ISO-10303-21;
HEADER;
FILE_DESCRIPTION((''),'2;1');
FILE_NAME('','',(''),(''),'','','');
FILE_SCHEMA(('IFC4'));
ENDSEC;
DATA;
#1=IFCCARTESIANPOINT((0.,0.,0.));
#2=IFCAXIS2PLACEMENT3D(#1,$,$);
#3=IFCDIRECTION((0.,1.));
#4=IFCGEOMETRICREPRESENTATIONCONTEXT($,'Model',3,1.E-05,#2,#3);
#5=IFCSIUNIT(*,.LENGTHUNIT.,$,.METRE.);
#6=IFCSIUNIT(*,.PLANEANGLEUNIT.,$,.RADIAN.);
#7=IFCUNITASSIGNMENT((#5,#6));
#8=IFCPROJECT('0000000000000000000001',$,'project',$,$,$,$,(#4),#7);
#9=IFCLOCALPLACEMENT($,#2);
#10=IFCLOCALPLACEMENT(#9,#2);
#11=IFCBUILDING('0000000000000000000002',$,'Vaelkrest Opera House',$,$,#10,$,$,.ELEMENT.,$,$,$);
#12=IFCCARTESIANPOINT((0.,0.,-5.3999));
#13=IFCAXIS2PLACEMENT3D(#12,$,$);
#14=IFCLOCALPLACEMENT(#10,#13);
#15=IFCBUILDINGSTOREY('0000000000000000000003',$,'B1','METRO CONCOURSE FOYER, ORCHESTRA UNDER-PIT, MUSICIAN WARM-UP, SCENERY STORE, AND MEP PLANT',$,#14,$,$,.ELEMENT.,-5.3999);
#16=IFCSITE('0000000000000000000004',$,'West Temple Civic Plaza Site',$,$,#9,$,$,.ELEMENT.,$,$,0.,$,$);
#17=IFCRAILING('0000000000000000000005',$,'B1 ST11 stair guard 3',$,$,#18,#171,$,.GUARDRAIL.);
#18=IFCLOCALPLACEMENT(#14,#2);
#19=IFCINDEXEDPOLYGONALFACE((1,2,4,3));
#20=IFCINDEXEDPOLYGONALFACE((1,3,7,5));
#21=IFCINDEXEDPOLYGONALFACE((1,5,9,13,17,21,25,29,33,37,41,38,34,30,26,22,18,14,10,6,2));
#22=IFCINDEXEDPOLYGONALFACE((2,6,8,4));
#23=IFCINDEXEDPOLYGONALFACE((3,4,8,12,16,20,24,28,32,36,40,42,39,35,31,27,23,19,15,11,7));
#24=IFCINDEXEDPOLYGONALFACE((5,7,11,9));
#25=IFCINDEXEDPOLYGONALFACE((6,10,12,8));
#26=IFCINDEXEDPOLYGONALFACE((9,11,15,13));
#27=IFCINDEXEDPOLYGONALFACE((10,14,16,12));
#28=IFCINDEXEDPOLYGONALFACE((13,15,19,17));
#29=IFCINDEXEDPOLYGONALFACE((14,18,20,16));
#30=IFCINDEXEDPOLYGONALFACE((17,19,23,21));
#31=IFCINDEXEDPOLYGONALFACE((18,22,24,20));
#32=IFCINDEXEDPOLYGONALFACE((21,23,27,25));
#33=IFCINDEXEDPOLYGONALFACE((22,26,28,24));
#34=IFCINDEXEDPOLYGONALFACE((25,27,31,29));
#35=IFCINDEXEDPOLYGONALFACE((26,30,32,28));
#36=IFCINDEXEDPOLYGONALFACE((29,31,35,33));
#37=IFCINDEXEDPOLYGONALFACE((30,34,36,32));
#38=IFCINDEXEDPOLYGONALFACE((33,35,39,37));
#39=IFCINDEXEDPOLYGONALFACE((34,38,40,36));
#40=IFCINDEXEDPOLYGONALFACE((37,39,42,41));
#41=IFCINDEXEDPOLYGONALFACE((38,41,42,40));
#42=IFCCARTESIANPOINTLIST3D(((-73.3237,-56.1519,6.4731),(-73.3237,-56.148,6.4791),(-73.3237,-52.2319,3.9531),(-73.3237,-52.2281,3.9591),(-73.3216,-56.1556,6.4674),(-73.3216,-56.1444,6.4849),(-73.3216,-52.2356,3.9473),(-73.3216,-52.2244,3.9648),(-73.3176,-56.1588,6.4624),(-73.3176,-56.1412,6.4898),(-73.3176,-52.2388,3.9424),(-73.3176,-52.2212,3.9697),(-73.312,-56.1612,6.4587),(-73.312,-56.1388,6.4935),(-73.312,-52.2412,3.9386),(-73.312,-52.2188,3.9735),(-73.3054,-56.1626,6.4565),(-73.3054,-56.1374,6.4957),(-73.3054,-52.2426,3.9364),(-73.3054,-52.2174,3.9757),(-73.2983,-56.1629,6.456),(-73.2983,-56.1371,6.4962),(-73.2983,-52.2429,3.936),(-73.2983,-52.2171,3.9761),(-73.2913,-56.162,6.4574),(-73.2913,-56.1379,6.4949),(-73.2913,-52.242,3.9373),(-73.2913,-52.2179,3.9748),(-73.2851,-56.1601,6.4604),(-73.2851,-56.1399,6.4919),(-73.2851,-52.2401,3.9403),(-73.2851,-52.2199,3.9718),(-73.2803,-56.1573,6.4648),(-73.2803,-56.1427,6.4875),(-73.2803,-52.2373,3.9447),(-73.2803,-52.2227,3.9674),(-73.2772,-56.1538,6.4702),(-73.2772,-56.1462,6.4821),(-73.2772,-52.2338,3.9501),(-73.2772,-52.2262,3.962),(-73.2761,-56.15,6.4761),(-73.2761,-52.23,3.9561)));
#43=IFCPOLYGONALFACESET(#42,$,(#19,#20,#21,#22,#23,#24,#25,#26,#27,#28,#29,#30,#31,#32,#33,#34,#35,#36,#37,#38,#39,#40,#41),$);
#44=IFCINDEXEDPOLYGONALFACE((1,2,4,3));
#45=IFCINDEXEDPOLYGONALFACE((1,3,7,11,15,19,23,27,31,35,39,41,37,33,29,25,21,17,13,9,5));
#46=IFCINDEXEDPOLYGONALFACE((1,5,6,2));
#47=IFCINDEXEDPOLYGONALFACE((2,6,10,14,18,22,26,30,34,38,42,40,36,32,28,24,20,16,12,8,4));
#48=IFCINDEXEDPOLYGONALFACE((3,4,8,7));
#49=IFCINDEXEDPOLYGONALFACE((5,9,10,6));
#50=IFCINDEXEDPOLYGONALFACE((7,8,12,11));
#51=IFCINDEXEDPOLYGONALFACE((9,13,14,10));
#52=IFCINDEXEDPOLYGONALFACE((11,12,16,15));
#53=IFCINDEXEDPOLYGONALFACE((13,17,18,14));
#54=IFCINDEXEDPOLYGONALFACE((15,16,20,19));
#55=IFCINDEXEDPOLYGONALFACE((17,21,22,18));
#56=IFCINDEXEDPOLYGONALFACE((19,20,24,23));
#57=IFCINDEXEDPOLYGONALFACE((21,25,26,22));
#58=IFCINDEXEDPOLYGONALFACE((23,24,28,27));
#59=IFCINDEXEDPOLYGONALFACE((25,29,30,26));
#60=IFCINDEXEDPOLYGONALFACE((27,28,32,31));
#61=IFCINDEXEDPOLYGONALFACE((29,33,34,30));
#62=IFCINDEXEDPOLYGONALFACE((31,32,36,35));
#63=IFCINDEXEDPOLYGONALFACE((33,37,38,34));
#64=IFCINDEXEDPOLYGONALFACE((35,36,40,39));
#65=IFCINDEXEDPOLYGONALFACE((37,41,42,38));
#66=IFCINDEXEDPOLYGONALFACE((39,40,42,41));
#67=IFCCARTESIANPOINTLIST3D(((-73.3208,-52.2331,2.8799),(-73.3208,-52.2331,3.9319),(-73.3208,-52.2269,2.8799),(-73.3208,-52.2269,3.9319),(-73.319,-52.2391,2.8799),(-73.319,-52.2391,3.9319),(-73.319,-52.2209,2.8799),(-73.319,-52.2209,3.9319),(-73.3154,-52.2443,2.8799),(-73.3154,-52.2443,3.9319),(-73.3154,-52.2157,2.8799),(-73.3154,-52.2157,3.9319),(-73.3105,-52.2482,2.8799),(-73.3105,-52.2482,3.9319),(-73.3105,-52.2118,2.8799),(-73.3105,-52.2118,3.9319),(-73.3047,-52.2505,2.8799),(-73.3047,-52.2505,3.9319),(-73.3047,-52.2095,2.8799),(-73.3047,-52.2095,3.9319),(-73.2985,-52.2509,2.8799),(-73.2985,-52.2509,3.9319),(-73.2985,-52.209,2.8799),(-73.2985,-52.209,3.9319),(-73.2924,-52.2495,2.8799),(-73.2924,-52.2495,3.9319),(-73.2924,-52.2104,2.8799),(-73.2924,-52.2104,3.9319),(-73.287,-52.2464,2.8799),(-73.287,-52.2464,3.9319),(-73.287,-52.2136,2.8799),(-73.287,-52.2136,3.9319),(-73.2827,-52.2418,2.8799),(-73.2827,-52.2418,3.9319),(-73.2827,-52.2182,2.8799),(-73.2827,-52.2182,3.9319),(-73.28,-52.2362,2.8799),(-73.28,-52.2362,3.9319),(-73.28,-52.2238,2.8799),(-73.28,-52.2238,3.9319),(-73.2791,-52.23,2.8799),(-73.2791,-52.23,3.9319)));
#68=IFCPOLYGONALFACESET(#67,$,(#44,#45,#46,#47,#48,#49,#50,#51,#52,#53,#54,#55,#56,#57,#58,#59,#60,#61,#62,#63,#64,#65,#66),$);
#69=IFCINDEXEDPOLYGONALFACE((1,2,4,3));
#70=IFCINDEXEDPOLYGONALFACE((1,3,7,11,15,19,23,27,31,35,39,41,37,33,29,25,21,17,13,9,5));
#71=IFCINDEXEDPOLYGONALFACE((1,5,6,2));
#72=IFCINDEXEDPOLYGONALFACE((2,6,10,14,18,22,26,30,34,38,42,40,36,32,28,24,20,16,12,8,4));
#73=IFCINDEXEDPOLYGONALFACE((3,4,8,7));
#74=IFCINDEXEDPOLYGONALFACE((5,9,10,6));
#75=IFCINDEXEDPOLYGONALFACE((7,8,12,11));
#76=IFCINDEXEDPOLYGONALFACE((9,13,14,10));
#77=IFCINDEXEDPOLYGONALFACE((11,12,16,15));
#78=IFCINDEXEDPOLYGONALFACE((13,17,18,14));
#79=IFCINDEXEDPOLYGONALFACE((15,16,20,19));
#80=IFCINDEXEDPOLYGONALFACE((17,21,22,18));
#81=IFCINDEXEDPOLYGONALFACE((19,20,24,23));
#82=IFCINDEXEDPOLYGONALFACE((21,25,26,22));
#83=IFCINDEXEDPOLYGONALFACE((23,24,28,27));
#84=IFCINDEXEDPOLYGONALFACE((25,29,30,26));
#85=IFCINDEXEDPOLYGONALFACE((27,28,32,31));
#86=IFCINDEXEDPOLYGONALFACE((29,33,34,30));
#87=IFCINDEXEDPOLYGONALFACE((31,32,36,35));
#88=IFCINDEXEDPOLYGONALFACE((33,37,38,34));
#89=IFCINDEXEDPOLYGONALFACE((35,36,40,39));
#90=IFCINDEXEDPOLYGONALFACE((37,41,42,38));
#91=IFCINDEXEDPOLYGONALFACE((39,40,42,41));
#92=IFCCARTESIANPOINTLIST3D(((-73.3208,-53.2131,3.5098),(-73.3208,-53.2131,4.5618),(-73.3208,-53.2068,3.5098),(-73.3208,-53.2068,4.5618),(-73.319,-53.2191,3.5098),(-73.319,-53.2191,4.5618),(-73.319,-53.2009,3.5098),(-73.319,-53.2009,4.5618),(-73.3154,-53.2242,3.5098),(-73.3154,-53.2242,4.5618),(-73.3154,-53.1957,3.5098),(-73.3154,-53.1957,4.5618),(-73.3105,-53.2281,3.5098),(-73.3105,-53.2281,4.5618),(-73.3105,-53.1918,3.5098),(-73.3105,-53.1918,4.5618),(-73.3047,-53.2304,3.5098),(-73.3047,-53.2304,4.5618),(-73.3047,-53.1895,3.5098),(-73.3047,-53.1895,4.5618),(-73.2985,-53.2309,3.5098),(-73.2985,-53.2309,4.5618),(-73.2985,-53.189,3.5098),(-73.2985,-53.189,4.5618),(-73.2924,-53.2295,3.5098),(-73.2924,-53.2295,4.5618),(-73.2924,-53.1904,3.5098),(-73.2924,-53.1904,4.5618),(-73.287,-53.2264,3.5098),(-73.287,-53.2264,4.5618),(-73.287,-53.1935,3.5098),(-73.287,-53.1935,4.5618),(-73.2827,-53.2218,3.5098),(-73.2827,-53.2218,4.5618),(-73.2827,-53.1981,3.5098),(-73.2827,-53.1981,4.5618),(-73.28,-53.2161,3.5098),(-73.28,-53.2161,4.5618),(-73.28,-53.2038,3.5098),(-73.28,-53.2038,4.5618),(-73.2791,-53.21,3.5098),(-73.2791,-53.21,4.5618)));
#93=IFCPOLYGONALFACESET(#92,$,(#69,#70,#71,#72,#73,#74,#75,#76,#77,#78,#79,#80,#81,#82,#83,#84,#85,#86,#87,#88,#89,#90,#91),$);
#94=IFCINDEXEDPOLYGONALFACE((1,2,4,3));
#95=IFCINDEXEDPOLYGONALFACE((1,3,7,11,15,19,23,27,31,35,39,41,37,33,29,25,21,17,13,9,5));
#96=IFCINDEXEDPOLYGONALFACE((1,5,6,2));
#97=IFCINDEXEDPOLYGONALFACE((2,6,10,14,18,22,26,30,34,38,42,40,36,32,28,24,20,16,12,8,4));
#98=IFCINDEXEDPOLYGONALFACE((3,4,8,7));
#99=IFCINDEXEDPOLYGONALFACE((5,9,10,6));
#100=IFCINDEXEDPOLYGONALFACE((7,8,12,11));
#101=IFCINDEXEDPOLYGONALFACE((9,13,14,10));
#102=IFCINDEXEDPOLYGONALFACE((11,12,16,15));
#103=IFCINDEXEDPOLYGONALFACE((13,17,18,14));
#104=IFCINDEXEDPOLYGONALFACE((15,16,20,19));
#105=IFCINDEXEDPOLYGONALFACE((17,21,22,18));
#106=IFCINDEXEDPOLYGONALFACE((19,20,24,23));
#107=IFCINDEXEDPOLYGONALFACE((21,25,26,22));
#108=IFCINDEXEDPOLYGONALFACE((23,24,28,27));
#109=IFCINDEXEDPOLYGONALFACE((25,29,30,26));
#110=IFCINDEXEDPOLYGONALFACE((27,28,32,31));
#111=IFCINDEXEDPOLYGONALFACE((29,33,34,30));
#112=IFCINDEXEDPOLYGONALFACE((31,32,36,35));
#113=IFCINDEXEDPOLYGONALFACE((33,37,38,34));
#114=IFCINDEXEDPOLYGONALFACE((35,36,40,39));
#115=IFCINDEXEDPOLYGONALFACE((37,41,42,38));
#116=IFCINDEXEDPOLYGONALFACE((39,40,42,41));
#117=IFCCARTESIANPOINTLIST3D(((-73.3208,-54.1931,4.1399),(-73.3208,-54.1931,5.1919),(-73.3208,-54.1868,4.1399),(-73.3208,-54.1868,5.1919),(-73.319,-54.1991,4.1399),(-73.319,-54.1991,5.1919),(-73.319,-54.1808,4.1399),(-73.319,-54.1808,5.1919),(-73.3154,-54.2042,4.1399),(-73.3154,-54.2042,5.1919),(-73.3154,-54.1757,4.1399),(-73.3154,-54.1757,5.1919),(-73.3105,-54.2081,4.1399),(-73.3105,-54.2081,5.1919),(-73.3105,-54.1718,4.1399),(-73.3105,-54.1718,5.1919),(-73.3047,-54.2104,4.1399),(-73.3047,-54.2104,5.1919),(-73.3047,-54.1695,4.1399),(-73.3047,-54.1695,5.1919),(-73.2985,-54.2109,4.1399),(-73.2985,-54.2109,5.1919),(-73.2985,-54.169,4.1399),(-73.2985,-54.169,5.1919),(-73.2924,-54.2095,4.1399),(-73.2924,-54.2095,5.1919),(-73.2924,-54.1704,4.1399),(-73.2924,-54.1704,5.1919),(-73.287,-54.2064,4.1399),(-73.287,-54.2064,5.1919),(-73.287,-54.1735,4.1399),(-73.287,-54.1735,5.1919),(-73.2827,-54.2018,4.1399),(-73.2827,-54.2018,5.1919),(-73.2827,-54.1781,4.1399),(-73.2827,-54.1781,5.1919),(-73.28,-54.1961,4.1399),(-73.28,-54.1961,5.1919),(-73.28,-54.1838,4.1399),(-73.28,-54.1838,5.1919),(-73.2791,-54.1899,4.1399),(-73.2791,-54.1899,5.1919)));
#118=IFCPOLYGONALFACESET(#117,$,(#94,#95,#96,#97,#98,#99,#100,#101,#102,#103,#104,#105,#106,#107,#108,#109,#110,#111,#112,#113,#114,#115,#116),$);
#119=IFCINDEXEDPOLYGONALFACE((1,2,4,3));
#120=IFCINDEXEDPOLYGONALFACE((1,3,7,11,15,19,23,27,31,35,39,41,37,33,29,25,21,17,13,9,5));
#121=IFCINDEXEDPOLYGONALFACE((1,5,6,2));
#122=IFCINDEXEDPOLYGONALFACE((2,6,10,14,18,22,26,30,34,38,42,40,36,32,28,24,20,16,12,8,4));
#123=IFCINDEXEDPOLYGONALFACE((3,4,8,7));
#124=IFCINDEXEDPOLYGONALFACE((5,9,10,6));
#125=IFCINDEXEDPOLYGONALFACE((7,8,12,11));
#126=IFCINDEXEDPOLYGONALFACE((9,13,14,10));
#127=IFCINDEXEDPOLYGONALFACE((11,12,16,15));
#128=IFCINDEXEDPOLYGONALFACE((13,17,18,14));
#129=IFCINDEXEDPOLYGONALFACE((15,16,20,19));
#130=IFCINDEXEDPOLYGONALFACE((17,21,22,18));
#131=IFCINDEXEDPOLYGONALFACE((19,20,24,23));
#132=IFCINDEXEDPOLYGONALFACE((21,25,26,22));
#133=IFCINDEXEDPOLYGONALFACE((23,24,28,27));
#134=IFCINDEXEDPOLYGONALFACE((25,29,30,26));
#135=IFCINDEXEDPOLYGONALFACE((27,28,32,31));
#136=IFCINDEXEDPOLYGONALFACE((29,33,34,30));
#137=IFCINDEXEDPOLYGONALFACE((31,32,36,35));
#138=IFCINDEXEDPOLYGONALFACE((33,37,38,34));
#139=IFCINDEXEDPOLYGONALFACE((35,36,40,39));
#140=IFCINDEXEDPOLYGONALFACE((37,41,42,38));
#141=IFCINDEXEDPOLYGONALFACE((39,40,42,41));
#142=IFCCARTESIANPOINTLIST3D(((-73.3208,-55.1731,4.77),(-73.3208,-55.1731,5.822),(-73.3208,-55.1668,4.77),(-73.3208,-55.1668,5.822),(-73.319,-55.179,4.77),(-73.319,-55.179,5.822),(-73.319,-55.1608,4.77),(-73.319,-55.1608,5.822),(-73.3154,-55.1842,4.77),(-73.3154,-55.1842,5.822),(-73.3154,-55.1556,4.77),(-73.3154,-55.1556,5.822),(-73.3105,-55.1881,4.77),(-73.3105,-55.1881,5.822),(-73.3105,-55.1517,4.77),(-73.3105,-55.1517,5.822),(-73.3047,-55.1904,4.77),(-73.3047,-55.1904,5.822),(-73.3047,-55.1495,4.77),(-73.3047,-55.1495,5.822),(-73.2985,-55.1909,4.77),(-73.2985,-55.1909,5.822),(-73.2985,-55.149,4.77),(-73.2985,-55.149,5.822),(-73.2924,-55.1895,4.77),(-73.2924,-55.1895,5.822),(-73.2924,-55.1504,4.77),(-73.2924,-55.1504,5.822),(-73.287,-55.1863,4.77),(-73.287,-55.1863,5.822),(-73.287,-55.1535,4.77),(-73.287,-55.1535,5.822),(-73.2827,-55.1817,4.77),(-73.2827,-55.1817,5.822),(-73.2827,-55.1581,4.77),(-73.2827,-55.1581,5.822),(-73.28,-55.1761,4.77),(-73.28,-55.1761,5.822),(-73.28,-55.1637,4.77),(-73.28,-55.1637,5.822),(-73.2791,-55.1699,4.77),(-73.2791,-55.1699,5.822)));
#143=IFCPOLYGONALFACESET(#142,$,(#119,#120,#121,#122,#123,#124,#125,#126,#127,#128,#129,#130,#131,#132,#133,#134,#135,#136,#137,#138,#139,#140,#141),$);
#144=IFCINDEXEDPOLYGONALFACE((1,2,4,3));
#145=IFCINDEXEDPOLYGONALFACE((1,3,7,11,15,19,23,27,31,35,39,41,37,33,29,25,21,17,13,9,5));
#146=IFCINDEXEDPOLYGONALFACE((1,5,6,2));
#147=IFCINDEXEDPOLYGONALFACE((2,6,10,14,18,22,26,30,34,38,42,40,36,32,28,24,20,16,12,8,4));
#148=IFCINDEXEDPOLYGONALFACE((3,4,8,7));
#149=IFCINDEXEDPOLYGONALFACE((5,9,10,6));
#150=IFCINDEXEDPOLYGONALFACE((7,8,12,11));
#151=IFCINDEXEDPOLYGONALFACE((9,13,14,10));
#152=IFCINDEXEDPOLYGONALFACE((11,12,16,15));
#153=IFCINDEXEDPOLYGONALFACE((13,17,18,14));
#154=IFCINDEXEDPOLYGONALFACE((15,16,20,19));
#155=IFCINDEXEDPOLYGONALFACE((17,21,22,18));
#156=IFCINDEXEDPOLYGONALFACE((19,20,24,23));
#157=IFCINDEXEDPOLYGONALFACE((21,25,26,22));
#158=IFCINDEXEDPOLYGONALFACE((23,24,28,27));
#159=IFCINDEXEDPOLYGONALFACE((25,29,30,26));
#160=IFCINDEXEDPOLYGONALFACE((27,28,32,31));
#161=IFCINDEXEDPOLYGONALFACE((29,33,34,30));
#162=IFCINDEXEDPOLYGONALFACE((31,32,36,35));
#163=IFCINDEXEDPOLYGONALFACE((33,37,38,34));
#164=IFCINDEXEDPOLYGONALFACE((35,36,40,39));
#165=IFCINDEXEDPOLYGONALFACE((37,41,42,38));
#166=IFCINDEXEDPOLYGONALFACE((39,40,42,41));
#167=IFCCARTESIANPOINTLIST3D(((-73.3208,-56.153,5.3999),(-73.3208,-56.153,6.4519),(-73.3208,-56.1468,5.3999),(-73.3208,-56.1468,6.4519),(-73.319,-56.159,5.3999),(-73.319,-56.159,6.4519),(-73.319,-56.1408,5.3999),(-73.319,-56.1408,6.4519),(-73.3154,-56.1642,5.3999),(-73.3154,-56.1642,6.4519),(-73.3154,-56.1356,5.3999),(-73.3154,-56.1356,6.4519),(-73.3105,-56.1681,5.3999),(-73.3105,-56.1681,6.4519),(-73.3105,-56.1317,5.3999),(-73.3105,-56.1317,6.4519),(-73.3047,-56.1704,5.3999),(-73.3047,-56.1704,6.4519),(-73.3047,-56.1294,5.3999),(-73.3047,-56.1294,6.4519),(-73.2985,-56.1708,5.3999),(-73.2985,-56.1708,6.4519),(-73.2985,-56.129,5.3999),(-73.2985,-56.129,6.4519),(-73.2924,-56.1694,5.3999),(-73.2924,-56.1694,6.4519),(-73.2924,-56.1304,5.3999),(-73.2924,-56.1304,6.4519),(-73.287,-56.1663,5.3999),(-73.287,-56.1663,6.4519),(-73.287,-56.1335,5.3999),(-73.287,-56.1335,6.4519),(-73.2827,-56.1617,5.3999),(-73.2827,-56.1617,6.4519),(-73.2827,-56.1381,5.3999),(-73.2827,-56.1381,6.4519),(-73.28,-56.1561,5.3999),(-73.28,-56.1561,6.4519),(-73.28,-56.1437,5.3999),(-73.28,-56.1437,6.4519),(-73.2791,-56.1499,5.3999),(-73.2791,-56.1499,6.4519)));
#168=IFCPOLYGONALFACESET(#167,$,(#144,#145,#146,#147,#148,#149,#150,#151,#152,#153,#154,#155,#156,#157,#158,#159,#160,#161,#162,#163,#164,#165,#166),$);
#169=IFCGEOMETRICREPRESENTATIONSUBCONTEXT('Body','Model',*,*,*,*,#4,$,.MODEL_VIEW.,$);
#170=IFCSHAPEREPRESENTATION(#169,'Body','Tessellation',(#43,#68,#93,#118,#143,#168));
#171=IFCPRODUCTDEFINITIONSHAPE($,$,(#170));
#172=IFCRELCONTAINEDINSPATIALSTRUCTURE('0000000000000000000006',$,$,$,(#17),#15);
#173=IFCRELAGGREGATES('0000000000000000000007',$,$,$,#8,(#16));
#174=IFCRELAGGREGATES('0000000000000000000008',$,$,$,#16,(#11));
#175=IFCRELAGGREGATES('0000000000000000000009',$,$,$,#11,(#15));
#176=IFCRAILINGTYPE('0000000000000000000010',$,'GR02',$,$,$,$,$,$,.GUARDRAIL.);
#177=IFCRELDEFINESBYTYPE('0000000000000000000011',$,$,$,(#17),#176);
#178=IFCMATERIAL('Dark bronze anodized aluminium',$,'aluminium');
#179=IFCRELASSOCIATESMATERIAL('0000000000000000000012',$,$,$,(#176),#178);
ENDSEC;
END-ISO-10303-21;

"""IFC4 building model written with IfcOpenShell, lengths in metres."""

from ifc_helpers import new_model, si_unit, direction, frame, origin, origin_2d, place, context, subcontext, project, spatial, circle, extrude, material, type_object, element, save


model = new_model("IFC4")

# Units and contexts
model_context = context("Model", 3, precision=1e-05, world=origin(), true_north=direction((0.0, 1.0)))
body_context = subcontext(model_context, "Body", "Model", "MODEL_VIEW")
ifc_project = project(units=[si_unit("LENGTHUNIT", "METRE"), si_unit("PLANEANGLEUNIT", "RADIAN")], contexts=[model_context])

# Site, building, storey
site_placement = place(None, origin())
site = spatial("IfcSite", under=ifc_project, at=site_placement, Name="West Temple Civic Plaza Site", CompositionType="ELEMENT", RefElevation=0.0)
building_placement = place(site_placement, origin())
building = spatial("IfcBuilding", under=site, at=building_placement, Name="Vaelkrest Opera House", CompositionType="ELEMENT")
storey_placement = place(building_placement, frame((0.0, 0.0, -5.3999)))
storey = spatial("IfcBuildingStorey", under=building, at=storey_placement, Name="B1", Description="METRO CONCOURSE FOYER, ORCHESTRA UNDER-PIT, MUSICIAN WARM-UP, SCENERY STORE, AND MEP PLANT", CompositionType="ELEMENT", Elevation=-5.3999)

# Railing
ifc_material_1 = material(Name="Dark bronze anodized aluminium", Category="aluminium")
railing_type_1 = type_object("IfcRailingType", Name="GR02", PredefinedType="GUARDRAIL", material=ifc_material_1)
railing_1_placement = place(storey_placement, frame((-73.3, -52.23, 2.8799)))
element("IfcRailing", 1, at=railing_1_placement, inside=storey, type_object=railing_type_1, Name="B1 ST11 stair guard 3", PredefinedType="GUARDRAIL", context=body_context, shape_type="SweptSolid", body=[
    extrude(circle(Radius=0.0239, at=origin_2d()), frame((0.0, 0.0, 1.0762), z_axis=(0.0, -0.841172, 0.540768), x_axis=(1.0, 0.0, 0.0)), (0.0, 0.0, 1.0), 4.6602),
    extrude(circle(Radius=0.021, at=origin_2d()), origin(), (0.0, 0.0, 1.0), 1.052),
    extrude(circle(Radius=0.021, at=origin_2d()), frame((0.0, -0.98, 0.6299)), (0.0, 0.0, 1.0), 1.052),
    extrude(circle(Radius=0.021, at=origin_2d()), frame((0.0, -1.96, 1.26)), (0.0, 0.0, 1.0), 1.052),
    extrude(circle(Radius=0.021, at=origin_2d()), frame((0.0, -2.9399, 1.8901)), (0.0, 0.0, 1.0), 1.052),
    extrude(circle(Radius=0.021, at=origin_2d()), frame((0.0, -3.9199, 2.52)), (0.0, 0.0, 1.0), 1.052),
])

save(model, "model.ifc")
